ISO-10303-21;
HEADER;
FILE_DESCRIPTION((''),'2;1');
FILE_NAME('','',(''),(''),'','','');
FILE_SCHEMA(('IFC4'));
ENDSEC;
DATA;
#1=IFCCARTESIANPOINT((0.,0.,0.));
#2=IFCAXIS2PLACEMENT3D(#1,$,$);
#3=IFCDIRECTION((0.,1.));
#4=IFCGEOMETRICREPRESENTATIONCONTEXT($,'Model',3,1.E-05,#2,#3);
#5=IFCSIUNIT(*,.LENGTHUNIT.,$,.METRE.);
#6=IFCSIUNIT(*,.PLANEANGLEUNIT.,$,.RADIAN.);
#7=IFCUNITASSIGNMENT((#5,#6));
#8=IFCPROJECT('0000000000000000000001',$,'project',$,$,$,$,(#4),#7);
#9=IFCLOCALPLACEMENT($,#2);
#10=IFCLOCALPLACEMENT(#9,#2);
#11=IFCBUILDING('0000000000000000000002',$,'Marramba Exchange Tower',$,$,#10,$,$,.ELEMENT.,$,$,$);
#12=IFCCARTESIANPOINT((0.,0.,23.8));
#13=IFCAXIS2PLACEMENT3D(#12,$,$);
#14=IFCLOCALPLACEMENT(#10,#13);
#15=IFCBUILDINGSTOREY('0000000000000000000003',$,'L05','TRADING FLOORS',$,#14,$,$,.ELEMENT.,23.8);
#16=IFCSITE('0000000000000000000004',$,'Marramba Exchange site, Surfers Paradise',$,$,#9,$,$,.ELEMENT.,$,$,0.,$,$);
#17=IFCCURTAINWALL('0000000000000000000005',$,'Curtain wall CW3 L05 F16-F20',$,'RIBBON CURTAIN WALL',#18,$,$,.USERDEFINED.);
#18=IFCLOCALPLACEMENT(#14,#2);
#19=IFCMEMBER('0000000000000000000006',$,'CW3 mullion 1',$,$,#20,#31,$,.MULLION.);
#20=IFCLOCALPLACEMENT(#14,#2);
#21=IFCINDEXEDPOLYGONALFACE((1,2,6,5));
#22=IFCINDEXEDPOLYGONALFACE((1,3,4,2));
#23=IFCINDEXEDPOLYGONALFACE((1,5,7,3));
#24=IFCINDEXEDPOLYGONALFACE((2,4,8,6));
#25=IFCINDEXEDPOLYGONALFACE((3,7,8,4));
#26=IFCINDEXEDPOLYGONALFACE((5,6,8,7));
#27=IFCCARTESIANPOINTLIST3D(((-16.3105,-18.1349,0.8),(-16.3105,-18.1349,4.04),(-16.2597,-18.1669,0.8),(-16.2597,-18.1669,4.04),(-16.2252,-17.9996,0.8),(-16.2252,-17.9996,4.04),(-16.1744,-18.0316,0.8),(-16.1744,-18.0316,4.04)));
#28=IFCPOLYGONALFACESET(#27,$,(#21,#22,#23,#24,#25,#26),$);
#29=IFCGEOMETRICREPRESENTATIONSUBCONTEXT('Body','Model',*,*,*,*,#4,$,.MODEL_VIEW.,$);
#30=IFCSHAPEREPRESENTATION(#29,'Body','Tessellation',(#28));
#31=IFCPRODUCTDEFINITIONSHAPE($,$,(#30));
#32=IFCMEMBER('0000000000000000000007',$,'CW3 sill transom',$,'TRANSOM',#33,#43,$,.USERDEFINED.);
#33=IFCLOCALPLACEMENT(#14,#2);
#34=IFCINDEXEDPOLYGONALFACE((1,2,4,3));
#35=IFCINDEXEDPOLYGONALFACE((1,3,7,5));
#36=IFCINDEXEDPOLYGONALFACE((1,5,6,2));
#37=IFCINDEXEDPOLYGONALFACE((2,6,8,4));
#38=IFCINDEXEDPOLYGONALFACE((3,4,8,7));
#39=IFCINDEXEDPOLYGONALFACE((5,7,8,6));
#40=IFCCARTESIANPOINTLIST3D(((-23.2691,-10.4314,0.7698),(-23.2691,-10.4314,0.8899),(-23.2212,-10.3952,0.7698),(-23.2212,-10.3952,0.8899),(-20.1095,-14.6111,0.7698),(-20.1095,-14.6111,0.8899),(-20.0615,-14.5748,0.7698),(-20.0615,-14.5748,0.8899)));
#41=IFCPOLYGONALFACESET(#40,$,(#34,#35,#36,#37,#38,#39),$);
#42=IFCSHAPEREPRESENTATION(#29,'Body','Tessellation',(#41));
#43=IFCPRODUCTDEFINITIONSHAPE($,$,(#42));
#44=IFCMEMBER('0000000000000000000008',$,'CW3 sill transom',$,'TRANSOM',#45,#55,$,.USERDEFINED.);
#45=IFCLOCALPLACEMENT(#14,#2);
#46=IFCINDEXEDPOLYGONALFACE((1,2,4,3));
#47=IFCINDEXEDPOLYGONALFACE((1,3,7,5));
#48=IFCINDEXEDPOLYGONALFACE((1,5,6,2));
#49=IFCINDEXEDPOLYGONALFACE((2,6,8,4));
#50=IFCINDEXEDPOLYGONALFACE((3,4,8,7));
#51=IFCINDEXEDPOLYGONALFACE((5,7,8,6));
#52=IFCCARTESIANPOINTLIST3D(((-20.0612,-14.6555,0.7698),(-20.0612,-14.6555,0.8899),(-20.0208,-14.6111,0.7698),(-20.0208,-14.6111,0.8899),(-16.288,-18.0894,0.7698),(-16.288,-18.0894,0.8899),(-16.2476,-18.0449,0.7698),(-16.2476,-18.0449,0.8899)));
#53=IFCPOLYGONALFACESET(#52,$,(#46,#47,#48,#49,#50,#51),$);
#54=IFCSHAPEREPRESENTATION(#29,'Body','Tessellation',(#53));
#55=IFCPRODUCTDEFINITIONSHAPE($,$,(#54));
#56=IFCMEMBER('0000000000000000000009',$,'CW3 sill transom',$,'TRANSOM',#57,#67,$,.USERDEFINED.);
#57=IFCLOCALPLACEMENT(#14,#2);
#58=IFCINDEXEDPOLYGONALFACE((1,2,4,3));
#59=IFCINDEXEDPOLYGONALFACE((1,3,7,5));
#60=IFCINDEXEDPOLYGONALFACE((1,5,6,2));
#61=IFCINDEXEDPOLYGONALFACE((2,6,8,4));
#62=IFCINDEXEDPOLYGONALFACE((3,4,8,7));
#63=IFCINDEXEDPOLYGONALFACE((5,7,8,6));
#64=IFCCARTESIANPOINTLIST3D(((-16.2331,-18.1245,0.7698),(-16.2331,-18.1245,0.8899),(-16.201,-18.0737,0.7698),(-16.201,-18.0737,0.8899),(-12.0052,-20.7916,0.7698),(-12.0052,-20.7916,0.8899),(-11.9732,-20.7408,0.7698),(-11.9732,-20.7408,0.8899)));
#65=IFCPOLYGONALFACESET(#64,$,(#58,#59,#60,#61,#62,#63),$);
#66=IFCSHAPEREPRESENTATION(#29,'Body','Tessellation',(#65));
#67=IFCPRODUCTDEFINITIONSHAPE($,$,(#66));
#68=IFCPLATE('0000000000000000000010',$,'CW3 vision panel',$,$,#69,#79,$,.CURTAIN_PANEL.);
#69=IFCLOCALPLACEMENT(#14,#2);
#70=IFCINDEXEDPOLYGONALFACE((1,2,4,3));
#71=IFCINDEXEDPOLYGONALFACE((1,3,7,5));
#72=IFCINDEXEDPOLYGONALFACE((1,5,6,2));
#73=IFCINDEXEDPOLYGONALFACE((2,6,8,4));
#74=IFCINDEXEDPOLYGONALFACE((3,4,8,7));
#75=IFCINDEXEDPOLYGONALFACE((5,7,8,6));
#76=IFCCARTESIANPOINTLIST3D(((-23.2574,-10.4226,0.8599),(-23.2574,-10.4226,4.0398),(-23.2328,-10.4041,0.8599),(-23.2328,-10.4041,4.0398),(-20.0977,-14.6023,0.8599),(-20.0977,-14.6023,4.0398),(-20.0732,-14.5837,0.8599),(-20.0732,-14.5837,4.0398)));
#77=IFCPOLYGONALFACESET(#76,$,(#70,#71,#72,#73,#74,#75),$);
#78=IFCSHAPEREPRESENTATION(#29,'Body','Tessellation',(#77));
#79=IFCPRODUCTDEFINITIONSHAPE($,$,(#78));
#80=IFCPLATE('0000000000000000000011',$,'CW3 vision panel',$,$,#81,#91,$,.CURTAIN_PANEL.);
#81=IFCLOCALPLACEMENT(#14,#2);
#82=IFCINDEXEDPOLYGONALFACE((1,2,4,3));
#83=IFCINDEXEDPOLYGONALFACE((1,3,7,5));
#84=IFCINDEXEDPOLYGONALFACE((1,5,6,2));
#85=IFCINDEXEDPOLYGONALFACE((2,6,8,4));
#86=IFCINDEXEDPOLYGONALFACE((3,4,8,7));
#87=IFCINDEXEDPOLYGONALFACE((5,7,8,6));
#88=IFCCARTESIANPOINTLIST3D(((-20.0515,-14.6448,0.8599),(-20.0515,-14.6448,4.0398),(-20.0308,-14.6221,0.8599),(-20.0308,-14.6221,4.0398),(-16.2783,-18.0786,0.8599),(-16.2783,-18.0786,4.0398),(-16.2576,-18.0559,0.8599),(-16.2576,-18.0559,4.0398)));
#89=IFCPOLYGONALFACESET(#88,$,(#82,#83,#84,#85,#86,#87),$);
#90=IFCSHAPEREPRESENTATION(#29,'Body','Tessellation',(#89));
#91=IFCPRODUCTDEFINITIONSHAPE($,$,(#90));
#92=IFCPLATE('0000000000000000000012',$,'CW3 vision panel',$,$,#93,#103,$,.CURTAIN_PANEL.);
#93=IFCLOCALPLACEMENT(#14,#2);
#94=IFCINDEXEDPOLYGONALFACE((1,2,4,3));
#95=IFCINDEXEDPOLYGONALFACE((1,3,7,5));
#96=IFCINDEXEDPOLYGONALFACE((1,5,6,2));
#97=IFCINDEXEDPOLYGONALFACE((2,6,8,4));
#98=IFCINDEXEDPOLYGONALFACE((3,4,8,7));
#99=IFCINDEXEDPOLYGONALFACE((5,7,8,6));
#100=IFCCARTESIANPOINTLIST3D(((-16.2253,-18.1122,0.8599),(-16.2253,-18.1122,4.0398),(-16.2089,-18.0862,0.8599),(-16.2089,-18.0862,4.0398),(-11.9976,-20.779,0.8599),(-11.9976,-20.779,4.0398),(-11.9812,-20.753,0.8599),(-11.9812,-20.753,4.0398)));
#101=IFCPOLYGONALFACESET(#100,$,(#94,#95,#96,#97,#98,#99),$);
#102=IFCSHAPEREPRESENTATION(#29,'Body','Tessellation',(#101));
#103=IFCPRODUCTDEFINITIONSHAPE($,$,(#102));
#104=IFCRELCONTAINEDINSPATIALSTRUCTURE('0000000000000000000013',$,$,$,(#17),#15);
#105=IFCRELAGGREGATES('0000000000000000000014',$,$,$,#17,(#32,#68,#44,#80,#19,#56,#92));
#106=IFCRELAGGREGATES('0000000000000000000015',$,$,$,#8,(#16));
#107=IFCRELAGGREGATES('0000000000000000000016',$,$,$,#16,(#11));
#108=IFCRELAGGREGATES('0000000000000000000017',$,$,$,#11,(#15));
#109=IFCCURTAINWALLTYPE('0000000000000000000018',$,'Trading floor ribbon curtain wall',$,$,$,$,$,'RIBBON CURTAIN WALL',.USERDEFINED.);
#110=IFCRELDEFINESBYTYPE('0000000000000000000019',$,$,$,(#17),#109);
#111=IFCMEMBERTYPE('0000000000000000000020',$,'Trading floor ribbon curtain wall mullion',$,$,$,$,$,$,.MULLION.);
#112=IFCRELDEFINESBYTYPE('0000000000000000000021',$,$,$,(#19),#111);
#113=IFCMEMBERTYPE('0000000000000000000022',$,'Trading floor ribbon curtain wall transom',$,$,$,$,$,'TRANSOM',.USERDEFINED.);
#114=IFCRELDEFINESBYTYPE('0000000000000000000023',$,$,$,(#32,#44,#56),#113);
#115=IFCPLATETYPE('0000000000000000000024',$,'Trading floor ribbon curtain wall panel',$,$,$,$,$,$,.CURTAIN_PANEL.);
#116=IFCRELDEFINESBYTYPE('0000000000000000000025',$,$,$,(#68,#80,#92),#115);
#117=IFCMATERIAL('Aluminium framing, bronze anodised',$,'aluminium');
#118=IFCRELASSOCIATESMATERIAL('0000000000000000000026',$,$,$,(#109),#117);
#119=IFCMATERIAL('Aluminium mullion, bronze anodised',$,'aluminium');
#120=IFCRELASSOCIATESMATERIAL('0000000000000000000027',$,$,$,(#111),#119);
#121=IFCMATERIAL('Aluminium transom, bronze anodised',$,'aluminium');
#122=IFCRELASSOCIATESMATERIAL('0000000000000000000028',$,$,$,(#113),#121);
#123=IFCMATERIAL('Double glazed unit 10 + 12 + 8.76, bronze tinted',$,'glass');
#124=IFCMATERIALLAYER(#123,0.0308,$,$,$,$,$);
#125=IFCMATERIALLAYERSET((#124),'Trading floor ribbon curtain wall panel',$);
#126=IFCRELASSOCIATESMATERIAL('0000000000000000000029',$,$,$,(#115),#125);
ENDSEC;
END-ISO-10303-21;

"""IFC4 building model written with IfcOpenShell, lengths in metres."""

from ifc_helpers import new_model, si_unit, direction, frame, origin, origin_2d, place, context, subcontext, project, spatial, rectangle, extrude, material, layer, layer_set, material_profile, profile_set, type_object, element, aggregate, save


model = new_model("IFC4")

# Units and contexts
model_context = context("Model", 3, precision=1e-05, world=origin(), true_north=direction((0.0, 1.0)))
body_context = subcontext(model_context, "Body", "Model", "MODEL_VIEW")
ifc_project = project(units=[si_unit("LENGTHUNIT", "METRE"), si_unit("PLANEANGLEUNIT", "RADIAN")], contexts=[model_context])

# Site, building, storey
site_placement = place(None, origin())
site = spatial("IfcSite", under=ifc_project, at=site_placement, Name="Marramba Exchange site, Surfers Paradise", CompositionType="ELEMENT", RefElevation=0.0)
building_placement = place(site_placement, origin())
building = spatial("IfcBuilding", under=site, at=building_placement, Name="Marramba Exchange Tower", CompositionType="ELEMENT")
storey_placement = place(building_placement, frame((0.0, 0.0, 23.8)))
storey = spatial("IfcBuildingStorey", under=building, at=storey_placement, Name="L05", Description="TRADING FLOORS", CompositionType="ELEMENT", Elevation=23.8)

# Curtain wall, members, plates
ifc_material_1 = material(Name="Aluminium framing, bronze anodised", Category="aluminium")
curtain_wall_type = type_object("IfcCurtainWallType", Name="Trading floor ribbon curtain wall", ElementType="RIBBON CURTAIN WALL", PredefinedType="USERDEFINED", material=ifc_material_1)
curtain_wall_placement = place(storey_placement, origin())
curtain_wall = element("IfcCurtainWall", 1, at=curtain_wall_placement, inside=storey, type_object=curtain_wall_type, Name="Curtain wall CW3 L05 F16-F20", ObjectType="RIBBON CURTAIN WALL", PredefinedType="USERDEFINED")
ifc_material_2 = material(Name="Aluminium mullion, bronze anodised", Category="aluminium")
ifc_material_profile_1 = material_profile(ifc_material_2, rectangle(XDim=0.1599, YDim=0.0601, at=origin_2d()), Name="CW3 mullion 60x160")
ifc_profile_set_1 = profile_set([ifc_material_profile_1], Name="Aluminium mullion, bronze anodised")
member_type_1 = type_object("IfcMemberType", Name="Trading floor ribbon curtain wall mullion", PredefinedType="MULLION", material=ifc_profile_set_1)
member_1_placement = place(storey_placement, frame((-16.2424, -18.0833, 0.8), z_axis=(0.0, 0.0, 1.0), x_axis=(0.533515, 0.845791, 0.0)))
member_1 = element("IfcMember", 2, at=member_1_placement, type_object=member_type_1, Name="CW3 mullion 1", PredefinedType="MULLION", context=body_context, shape_type="SweptSolid", body=[
    extrude(rectangle(XDim=0.1599, YDim=0.0601, at=origin_2d()), origin(), (0.0, 0.0, 1.0), 3.24),
])
ifc_material_3 = material(Name="Aluminium transom, bronze anodised", Category="aluminium")
ifc_material_profile_2 = material_profile(ifc_material_3, rectangle(XDim=0.0601, YDim=0.1201, at=origin_2d()), Name="CW3 transom 60x120")
ifc_profile_set_2 = profile_set([ifc_material_profile_2], Name="Aluminium transom, bronze anodised")
member_type_2 = type_object("IfcMemberType", Name="Trading floor ribbon curtain wall transom", ElementType="TRANSOM", PredefinedType="USERDEFINED", material=ifc_profile_set_2)
member_2_placement = place(storey_placement, frame((-23.2451, -10.4133, 0.8298), z_axis=(0.603037, -0.797713, 0.0), x_axis=(0.797713, 0.603037, 0.0)))
member_2 = element("IfcMember", 3, at=member_2_placement, type_object=member_type_2, Name="CW3 sill transom", ObjectType="TRANSOM", PredefinedType="USERDEFINED", context=body_context, shape_type="SweptSolid", body=[
    extrude(rectangle(XDim=0.0601, YDim=0.1201, at=origin_2d()), origin(), (0.0, 0.0, 1.0), 5.2395),
])
member_3_placement = place(storey_placement, frame((-20.041, -14.6333, 0.8298), z_axis=(0.739583, -0.673066, 0.0), x_axis=(0.673066, 0.739583, 0.0)))
member_3 = element("IfcMember", 4, at=member_3_placement, type_object=member_type_2, Name="CW3 sill transom", ObjectType="TRANSOM", PredefinedType="USERDEFINED", context=body_context, shape_type="SweptSolid", body=[
    extrude(rectangle(XDim=0.0601, YDim=0.1201, at=origin_2d()), origin(), (0.0, 0.0, 1.0), 5.1018),
])
member_4_placement = place(storey_placement, frame((-16.217, -18.0991, 0.8298), z_axis=(0.845777, -0.533537, 0.0), x_axis=(0.533537, 0.845777, 0.0)))
member_4 = element("IfcMember", 5, at=member_4_placement, type_object=member_type_2, Name="CW3 sill transom", ObjectType="TRANSOM", PredefinedType="USERDEFINED", context=body_context, shape_type="SweptSolid", body=[
    extrude(rectangle(XDim=0.0601, YDim=0.1201, at=origin_2d()), origin(), (0.0, 0.0, 1.0), 4.9988),
])
ifc_material_4 = material(Name="Double glazed unit 10 + 12 + 8.76, bronze tinted", Category="glass")
ifc_layer_1 = layer(ifc_material_4, 0.0308)
ifc_layer_set_1 = layer_set([ifc_layer_1], Name="Trading floor ribbon curtain wall panel")
plate_type = type_object("IfcPlateType", Name="Trading floor ribbon curtain wall panel", PredefinedType="CURTAIN_PANEL", material=ifc_layer_set_1)
plate_1_placement = place(storey_placement, frame((-21.6653, -12.5032, 0.8599), z_axis=(0.0, 0.0, 1.0), x_axis=(0.60304, -0.797711, 0.0)))
plate_1 = element("IfcPlate", 6, at=plate_1_placement, type_object=plate_type, Name="CW3 vision panel", PredefinedType="CURTAIN_PANEL", context=body_context, shape_type="SweptSolid", body=[
    extrude(rectangle(XDim=5.2395, YDim=0.0308, at=origin_2d()), origin(), (0.0, 0.0, 1.0), 3.1799),
])
plate_2_placement = place(storey_placement, frame((-18.1545, -16.3503, 0.8599), z_axis=(0.0, 0.0, 1.0), x_axis=(0.73959, -0.673058, 0.0)))
plate_2 = element("IfcPlate", 7, at=plate_2_placement, type_object=plate_type, Name="CW3 vision panel", PredefinedType="CURTAIN_PANEL", context=body_context, shape_type="SweptSolid", body=[
    extrude(rectangle(XDim=5.1018, YDim=0.0308, at=origin_2d()), origin(), (0.0, 0.0, 1.0), 3.1799),
])
plate_3_placement = place(storey_placement, frame((-14.1033, -19.4326, 0.8599), z_axis=(0.0, 0.0, 1.0), x_axis=(0.845791, -0.533515, 0.0)))
plate_3 = element("IfcPlate", 8, at=plate_3_placement, type_object=plate_type, Name="CW3 vision panel", PredefinedType="CURTAIN_PANEL", context=body_context, shape_type="SweptSolid", body=[
    extrude(rectangle(XDim=4.9985, YDim=0.0308, at=origin_2d()), origin(), (0.0, 0.0, 1.0), 3.1799),
])
aggregate(curtain_wall, [member_2, plate_1, member_3, plate_2, member_1, member_4, plate_3])

save(model, "model.ifc")
